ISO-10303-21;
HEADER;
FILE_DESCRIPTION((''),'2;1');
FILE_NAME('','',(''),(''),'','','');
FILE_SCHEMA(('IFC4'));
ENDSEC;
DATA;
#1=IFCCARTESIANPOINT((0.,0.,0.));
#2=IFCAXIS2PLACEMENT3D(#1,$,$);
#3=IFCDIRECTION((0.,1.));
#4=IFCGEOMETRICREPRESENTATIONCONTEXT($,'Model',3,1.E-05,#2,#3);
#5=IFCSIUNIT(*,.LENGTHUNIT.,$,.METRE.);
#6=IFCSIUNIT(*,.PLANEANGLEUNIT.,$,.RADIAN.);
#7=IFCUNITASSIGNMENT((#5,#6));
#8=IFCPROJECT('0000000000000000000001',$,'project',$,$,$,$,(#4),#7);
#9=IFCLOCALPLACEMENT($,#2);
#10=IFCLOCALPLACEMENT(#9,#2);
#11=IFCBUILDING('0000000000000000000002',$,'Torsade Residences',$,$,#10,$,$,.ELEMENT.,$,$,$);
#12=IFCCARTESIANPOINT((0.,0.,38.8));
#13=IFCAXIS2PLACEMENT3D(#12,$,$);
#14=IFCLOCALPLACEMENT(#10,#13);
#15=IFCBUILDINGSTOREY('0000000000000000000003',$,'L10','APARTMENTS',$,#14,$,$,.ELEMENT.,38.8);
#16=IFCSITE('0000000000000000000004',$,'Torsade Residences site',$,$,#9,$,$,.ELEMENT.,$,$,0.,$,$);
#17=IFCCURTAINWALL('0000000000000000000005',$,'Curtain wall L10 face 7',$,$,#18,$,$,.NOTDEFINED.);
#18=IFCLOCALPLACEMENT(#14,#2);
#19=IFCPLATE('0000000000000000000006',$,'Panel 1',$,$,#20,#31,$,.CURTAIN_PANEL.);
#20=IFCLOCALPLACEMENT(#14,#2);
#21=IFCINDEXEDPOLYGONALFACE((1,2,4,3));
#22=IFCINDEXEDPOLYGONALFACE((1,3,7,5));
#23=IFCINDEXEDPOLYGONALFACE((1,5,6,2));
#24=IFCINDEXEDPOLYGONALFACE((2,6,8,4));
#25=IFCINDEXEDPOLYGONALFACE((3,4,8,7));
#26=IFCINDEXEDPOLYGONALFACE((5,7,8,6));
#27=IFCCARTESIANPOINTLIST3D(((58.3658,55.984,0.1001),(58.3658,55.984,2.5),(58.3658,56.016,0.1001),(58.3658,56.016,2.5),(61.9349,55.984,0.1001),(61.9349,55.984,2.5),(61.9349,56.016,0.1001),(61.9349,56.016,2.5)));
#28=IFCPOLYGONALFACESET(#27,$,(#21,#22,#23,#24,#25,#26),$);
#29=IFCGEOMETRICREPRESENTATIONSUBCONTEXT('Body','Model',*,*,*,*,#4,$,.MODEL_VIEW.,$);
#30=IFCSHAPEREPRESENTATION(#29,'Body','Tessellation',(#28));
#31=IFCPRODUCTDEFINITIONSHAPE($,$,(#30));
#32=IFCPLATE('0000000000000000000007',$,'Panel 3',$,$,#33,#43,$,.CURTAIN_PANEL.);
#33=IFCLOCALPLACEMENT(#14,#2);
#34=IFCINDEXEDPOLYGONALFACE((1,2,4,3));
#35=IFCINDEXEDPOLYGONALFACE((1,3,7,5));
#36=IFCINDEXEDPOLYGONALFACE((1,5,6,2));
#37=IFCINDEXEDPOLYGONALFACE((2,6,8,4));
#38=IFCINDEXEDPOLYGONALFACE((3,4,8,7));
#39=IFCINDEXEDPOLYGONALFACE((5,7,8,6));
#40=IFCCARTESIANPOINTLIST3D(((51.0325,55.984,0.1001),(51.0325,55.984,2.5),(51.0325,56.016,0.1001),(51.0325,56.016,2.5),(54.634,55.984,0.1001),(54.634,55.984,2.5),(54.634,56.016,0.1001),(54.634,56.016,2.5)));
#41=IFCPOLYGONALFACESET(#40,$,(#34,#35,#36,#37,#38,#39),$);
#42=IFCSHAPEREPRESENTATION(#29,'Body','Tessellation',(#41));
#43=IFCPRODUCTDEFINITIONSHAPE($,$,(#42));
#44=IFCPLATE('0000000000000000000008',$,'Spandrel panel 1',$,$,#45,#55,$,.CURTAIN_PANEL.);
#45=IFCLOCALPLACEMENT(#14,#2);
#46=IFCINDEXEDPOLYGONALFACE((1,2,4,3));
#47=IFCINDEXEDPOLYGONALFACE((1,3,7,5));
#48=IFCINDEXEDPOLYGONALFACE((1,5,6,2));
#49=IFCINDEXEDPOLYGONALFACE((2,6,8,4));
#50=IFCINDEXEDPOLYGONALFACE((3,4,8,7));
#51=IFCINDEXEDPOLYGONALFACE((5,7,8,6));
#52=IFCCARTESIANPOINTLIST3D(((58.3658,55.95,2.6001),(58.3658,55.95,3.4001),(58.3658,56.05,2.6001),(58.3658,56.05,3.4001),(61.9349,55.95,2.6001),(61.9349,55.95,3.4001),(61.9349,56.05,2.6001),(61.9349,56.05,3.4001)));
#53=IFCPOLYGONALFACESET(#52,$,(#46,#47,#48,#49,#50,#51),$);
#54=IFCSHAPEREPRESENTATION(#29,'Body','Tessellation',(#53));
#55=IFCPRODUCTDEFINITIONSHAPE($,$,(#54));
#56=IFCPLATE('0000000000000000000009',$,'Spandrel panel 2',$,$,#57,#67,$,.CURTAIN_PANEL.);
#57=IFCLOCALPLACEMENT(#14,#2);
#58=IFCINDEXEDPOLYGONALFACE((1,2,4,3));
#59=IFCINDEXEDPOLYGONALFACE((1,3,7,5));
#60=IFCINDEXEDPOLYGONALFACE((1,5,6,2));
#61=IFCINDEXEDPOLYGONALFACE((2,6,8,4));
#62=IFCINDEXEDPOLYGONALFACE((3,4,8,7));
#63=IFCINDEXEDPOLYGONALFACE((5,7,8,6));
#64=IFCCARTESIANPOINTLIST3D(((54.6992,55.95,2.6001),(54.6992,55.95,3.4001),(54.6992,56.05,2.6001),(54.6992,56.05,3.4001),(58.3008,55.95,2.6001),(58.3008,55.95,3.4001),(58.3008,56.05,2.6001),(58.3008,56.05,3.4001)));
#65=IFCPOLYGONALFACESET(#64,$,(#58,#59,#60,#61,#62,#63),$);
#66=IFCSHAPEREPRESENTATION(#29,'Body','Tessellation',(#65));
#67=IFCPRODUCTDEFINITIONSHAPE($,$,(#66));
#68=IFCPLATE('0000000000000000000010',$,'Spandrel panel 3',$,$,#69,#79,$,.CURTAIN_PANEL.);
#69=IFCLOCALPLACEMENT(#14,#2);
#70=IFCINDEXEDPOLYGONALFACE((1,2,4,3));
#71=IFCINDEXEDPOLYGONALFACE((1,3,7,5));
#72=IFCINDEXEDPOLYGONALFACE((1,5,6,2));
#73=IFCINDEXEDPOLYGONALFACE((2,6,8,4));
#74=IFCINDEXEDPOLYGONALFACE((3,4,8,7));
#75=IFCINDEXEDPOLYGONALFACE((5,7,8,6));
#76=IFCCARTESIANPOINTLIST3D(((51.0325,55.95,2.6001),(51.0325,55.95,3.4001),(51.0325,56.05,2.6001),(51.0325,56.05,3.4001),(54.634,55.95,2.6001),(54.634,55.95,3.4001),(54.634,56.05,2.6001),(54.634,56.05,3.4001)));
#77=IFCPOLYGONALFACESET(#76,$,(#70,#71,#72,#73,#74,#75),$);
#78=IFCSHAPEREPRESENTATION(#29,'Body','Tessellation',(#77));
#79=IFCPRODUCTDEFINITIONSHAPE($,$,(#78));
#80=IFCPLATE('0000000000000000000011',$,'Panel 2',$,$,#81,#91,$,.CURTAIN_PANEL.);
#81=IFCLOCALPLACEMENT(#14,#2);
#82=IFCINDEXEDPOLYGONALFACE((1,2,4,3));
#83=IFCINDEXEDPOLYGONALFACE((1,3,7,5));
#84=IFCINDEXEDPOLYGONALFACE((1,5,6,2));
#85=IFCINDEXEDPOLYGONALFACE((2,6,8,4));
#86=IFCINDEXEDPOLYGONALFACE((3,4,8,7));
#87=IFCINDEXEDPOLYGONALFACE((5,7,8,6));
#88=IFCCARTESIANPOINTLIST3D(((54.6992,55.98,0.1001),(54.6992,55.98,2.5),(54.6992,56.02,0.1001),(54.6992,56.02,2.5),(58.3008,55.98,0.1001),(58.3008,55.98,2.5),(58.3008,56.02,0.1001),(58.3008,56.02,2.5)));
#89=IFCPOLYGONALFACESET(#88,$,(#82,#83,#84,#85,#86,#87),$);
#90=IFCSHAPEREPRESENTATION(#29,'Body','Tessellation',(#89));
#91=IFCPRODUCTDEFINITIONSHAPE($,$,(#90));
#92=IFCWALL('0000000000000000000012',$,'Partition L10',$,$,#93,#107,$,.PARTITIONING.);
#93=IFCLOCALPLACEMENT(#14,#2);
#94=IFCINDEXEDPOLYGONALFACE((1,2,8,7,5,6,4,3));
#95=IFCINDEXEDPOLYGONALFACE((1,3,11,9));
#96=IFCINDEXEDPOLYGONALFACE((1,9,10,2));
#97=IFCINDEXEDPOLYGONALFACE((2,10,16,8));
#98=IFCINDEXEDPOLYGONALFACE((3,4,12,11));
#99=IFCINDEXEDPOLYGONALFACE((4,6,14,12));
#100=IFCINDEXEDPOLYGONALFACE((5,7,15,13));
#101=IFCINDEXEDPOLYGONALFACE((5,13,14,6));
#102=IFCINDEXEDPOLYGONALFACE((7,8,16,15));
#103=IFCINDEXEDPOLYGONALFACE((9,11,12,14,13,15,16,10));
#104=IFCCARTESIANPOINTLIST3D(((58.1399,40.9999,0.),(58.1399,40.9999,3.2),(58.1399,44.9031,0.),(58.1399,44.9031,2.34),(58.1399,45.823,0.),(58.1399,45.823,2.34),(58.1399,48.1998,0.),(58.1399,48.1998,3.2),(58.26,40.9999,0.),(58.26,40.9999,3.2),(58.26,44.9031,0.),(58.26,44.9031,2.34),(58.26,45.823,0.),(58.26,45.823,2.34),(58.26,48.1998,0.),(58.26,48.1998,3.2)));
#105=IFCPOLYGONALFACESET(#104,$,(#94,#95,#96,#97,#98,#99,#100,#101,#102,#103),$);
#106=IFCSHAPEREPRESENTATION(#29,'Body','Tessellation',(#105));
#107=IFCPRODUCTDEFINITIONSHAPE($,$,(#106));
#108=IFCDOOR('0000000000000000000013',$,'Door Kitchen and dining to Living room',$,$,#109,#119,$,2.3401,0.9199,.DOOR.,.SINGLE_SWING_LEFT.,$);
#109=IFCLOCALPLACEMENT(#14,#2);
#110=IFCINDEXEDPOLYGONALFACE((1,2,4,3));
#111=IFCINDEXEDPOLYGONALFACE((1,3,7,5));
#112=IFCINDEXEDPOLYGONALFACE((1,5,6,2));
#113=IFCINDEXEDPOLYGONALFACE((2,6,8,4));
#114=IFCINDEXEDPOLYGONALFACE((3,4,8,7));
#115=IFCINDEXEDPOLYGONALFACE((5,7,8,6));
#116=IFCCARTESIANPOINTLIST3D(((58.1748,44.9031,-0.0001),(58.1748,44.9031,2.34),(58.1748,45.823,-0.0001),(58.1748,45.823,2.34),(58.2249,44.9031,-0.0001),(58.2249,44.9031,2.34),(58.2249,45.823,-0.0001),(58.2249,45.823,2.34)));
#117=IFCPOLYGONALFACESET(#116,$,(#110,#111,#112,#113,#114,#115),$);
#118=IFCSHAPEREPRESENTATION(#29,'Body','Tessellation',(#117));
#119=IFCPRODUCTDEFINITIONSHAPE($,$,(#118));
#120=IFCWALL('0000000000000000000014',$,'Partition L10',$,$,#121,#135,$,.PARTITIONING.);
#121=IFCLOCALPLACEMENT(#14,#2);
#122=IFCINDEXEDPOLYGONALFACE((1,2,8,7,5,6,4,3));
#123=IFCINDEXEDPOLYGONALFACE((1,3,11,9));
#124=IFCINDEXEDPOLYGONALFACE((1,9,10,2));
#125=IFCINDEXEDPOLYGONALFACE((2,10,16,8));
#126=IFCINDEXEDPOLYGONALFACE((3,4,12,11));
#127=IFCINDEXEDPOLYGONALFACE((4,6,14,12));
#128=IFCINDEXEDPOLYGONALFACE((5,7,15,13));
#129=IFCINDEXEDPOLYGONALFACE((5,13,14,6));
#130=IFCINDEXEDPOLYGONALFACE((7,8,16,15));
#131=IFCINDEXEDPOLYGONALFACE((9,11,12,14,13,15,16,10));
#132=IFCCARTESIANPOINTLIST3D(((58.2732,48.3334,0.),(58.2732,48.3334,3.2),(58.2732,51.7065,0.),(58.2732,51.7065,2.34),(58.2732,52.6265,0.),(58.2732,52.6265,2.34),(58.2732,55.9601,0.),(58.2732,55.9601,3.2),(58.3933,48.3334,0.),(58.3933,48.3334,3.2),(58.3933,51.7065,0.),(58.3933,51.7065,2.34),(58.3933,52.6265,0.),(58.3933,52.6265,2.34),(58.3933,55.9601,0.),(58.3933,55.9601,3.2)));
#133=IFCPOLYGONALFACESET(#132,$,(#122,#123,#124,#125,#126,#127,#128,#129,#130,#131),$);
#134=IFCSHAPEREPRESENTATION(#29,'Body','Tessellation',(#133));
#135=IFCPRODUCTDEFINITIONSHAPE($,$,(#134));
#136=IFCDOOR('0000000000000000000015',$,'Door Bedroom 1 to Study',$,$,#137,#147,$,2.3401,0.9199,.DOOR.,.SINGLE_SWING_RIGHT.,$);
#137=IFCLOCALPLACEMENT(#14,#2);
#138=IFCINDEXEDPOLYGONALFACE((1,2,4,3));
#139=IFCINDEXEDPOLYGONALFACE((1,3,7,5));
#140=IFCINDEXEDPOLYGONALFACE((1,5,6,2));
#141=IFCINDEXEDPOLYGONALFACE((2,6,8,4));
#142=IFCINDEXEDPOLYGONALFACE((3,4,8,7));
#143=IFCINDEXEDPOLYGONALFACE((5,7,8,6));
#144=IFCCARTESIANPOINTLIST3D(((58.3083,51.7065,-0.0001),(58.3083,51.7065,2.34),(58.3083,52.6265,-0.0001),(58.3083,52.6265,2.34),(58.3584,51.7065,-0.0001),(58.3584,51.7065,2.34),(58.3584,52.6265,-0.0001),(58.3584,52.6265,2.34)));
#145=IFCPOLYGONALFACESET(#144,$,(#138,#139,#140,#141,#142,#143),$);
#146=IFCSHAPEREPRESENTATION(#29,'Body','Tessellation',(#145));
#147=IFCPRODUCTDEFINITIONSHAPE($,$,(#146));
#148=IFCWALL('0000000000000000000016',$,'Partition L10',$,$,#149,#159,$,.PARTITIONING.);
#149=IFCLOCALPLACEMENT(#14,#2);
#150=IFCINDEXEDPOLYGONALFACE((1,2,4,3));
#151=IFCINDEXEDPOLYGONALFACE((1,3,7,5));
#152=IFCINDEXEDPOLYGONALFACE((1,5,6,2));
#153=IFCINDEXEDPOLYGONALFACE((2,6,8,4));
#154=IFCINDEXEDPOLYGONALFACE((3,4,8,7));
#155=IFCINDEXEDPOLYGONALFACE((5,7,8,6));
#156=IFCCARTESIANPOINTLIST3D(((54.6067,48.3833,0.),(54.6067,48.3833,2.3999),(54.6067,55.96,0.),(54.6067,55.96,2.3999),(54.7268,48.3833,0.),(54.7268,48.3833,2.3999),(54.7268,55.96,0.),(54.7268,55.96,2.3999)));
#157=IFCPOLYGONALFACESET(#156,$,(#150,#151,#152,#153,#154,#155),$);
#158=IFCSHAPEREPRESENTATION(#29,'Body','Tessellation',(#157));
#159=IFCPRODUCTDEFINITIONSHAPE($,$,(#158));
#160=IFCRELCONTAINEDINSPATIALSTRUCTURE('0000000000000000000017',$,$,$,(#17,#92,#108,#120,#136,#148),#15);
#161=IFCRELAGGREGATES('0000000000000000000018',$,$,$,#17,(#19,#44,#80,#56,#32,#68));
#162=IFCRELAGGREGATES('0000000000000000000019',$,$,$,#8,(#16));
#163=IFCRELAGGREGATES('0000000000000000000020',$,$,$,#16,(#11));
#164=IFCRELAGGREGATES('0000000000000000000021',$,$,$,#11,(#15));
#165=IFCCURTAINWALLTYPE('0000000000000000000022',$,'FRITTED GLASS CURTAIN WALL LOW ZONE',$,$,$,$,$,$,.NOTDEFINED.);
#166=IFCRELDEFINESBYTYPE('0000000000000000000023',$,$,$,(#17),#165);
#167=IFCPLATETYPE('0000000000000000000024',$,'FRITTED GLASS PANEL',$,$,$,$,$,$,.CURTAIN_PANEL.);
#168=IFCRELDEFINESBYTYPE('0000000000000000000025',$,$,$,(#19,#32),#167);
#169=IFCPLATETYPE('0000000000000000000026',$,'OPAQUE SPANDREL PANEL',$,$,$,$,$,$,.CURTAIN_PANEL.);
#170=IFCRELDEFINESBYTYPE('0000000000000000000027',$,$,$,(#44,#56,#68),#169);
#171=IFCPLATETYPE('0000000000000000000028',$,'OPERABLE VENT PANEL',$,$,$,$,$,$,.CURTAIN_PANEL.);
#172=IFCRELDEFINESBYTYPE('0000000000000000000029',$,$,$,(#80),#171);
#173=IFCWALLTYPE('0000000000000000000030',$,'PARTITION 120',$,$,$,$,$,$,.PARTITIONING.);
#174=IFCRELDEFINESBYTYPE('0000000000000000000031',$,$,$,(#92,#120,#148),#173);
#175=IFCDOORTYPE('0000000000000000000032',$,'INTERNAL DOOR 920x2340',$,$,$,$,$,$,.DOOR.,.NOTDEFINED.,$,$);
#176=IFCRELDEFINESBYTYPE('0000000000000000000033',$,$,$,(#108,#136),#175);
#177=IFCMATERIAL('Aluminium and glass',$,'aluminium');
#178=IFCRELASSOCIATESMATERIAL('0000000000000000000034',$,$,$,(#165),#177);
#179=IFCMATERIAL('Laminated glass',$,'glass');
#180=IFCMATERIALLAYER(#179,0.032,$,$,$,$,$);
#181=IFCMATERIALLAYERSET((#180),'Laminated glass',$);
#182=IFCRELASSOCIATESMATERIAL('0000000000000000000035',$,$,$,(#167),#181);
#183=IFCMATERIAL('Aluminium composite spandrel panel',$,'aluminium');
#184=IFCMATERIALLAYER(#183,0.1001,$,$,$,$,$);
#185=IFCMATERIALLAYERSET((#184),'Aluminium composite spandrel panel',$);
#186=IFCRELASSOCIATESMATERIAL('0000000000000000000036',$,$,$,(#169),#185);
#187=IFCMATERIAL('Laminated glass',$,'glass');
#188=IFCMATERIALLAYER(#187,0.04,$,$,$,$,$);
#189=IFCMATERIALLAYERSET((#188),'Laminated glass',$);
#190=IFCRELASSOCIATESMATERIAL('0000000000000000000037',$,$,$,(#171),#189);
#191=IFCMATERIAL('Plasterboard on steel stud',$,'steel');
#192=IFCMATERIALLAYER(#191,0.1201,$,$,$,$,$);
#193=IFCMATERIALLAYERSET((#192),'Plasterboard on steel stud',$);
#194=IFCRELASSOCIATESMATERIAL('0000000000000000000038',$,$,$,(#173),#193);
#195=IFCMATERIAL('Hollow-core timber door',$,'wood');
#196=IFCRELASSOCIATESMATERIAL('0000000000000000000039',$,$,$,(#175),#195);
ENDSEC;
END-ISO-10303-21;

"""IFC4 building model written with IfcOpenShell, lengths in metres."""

from ifc_helpers import new_model, si_unit, direction, frame, frame_2d, origin, origin_2d, place, context, subcontext, project, spatial, rectangle, extrude, material, layer, layer_set, type_object, element, fill, aggregate, save


model = new_model("IFC4")

# Units and contexts
model_context = context("Model", 3, precision=1e-05, world=origin(), true_north=direction((0.0, 1.0)))
body_context = subcontext(model_context, "Body", "Model", "MODEL_VIEW")
ifc_project = project(units=[si_unit("LENGTHUNIT", "METRE"), si_unit("PLANEANGLEUNIT", "RADIAN")], contexts=[model_context])

# Site, building, storey
site_placement = place(None, origin())
site = spatial("IfcSite", under=ifc_project, at=site_placement, Name="Torsade Residences site", CompositionType="ELEMENT", RefElevation=0.0)
building_placement = place(site_placement, origin())
building = spatial("IfcBuilding", under=site, at=building_placement, Name="Torsade Residences", CompositionType="ELEMENT")
storey_placement = place(building_placement, frame((0.0, 0.0, 38.8)))
storey = spatial("IfcBuildingStorey", under=building, at=storey_placement, Name="L10", Description="APARTMENTS", CompositionType="ELEMENT", Elevation=38.8)

# Curtain wall
ifc_material_1 = material(Name="Aluminium and glass", Category="aluminium")
curtain_wall_type = type_object("IfcCurtainWallType", Name="FRITTED GLASS CURTAIN WALL LOW ZONE", PredefinedType="NOTDEFINED", material=ifc_material_1)
curtain_wall_placement = place(storey_placement, origin())
curtain_wall = element("IfcCurtainWall", 1, at=curtain_wall_placement, inside=storey, type_object=curtain_wall_type, Name="Curtain wall L10 face 7", PredefinedType="NOTDEFINED")

# Plates
ifc_material_2 = material(Name="Laminated glass", Category="glass")
ifc_layer_1 = layer(ifc_material_2, 0.032)
ifc_layer_set_1 = layer_set([ifc_layer_1], Name="Laminated glass")
plate_type_1 = type_object("IfcPlateType", Name="FRITTED GLASS PANEL", PredefinedType="CURTAIN_PANEL", material=ifc_layer_set_1)
plate_1_placement = place(storey_placement, frame((60.1504, 56.0, 0.1001), z_axis=(0.0, 0.0, 1.0), x_axis=(-1.0, 0.0, 0.0)))
plate_1 = element("IfcPlate", 2, at=plate_1_placement, type_object=plate_type_1, Name="Panel 1", PredefinedType="CURTAIN_PANEL", context=body_context, shape_type="SweptSolid", body=[
    extrude(rectangle(XDim=3.5691, YDim=0.032, at=origin_2d()), origin(), (0.0, 0.0, 1.0), 2.3999),
])
plate_2_placement = place(storey_placement, frame((52.8333, 56.0, 0.1001), z_axis=(0.0, 0.0, 1.0), x_axis=(-1.0, 0.0, 0.0)))
plate_2 = element("IfcPlate", 3, at=plate_2_placement, type_object=plate_type_1, Name="Panel 3", PredefinedType="CURTAIN_PANEL", context=body_context, shape_type="SweptSolid", body=[
    extrude(rectangle(XDim=3.6016, YDim=0.032, at=origin_2d()), origin(), (0.0, 0.0, 1.0), 2.3999),
])
ifc_material_3 = material(Name="Aluminium composite spandrel panel", Category="aluminium")
ifc_layer_2 = layer(ifc_material_3, 0.1001)
ifc_layer_set_2 = layer_set([ifc_layer_2], Name="Aluminium composite spandrel panel")
plate_type_2 = type_object("IfcPlateType", Name="OPAQUE SPANDREL PANEL", PredefinedType="CURTAIN_PANEL", material=ifc_layer_set_2)
plate_3_placement = place(storey_placement, frame((60.1504, 56.0, 2.6001), z_axis=(0.0, 0.0, 1.0), x_axis=(-1.0, 0.0, 0.0)))
plate_3 = element("IfcPlate", 4, at=plate_3_placement, type_object=plate_type_2, Name="Spandrel panel 1", PredefinedType="CURTAIN_PANEL", context=body_context, shape_type="SweptSolid", body=[
    extrude(rectangle(XDim=3.5691, YDim=0.1001, at=origin_2d()), origin(), (0.0, 0.0, 1.0), 0.8),
])
plate_4_placement = place(storey_placement, frame((56.5, 56.0, 2.6001), z_axis=(0.0, 0.0, 1.0), x_axis=(-1.0, 0.0, 0.0)))
plate_4 = element("IfcPlate", 5, at=plate_4_placement, type_object=plate_type_2, Name="Spandrel panel 2", PredefinedType="CURTAIN_PANEL", context=body_context, shape_type="SweptSolid", body=[
    extrude(rectangle(XDim=3.6016, YDim=0.1001, at=origin_2d()), origin(), (0.0, 0.0, 1.0), 0.8),
])
plate_5_placement = place(storey_placement, frame((52.8333, 56.0, 2.6001), z_axis=(0.0, 0.0, 1.0), x_axis=(-1.0, 0.0, 0.0)))
plate_5 = element("IfcPlate", 6, at=plate_5_placement, type_object=plate_type_2, Name="Spandrel panel 3", PredefinedType="CURTAIN_PANEL", context=body_context, shape_type="SweptSolid", body=[
    extrude(rectangle(XDim=3.6016, YDim=0.1001, at=origin_2d()), origin(), (0.0, 0.0, 1.0), 0.8),
])
ifc_material_4 = material(Name="Laminated glass", Category="glass")
ifc_layer_3 = layer(ifc_material_4, 0.04)
ifc_layer_set_3 = layer_set([ifc_layer_3], Name="Laminated glass")
plate_type_3 = type_object("IfcPlateType", Name="OPERABLE VENT PANEL", PredefinedType="CURTAIN_PANEL", material=ifc_layer_set_3)
plate_6_placement = place(storey_placement, frame((56.5, 56.0, 0.1001), z_axis=(0.0, 0.0, 1.0), x_axis=(-1.0, 0.0, 0.0)))
plate_6 = element("IfcPlate", 7, at=plate_6_placement, type_object=plate_type_3, Name="Panel 2", PredefinedType="CURTAIN_PANEL", context=body_context, shape_type="SweptSolid", body=[
    extrude(rectangle(XDim=3.6016, YDim=0.04, at=origin_2d()), origin(), (0.0, 0.0, 1.0), 2.3999),
])
aggregate(curtain_wall, [plate_1, plate_3, plate_6, plate_4, plate_2, plate_5])

# Walls, openings, doors
ifc_material_5 = material(Name="Plasterboard on steel stud", Category="steel")
ifc_layer_4 = layer(ifc_material_5, 0.1201)
ifc_layer_set_4 = layer_set([ifc_layer_4], Name="Plasterboard on steel stud")
wall_type = type_object("IfcWallType", Name="PARTITION 120", PredefinedType="PARTITIONING", material=ifc_layer_set_4)
wall_1_placement = place(storey_placement, frame((58.2, 48.2, 0.0), z_axis=(0.0, 0.0, 1.0), x_axis=(0.0, -1.0, 0.0)))
wall_1 = element("IfcWall", 8, at=wall_1_placement, inside=storey, type_object=wall_type, Name="Partition L10", PredefinedType="PARTITIONING", context=body_context, shape_type="SweptSolid", body=[
    extrude(rectangle(XDim=7.2, YDim=0.1201, at=frame_2d((3.6001, 0.0))), origin(), (0.0, 0.0, 1.0), 3.2),
])
opening_1_placement = place(wall_1_placement, frame((2.377, 0.0, 0.0)))
opening_1 = element("IfcOpeningElement", 9, at=opening_1_placement, cuts=wall_1, PredefinedType="OPENING", context=body_context, shape_type="SweptSolid", body=[
    extrude(rectangle(XDim=0.9199, YDim=2.3401, at=frame_2d((0.46, 1.1699))), frame((0.0, 0.0701, 0.0), z_axis=(0.0, -1.0, 0.0), x_axis=(1.0, 0.0, 0.0)), (0.0, 0.0, 1.0), 0.1401),
])
ifc_material_6 = material(Name="Hollow-core timber door", Category="wood")
door_type = type_object("IfcDoorType", Name="INTERNAL DOOR 920x2340", OperationType="NOTDEFINED", PredefinedType="DOOR", material=ifc_material_6)
door_1_placement = place(opening_1_placement, origin())
door_1 = element("IfcDoor", 10, at=door_1_placement, inside=storey, type_object=door_type, Name="Door Kitchen and dining to Living room", OperationType="SINGLE_SWING_LEFT", OverallHeight=2.3401, OverallWidth=0.9199, PredefinedType="DOOR", context=body_context, shape_type="SweptSolid", body=[
    extrude(rectangle(XDim=0.9199, YDim=2.3401, at=frame_2d((0.46, 1.1699))), frame((0.0, 0.0249, 0.0), z_axis=(0.0, -1.0, 0.0), x_axis=(1.0, 0.0, 0.0)), (0.0, 0.0, 1.0), 0.05),
])
fill(opening_1, door_1)
wall_2_placement = place(storey_placement, frame((58.3333, 48.3333, 0.0), z_axis=(0.0, 0.0, 1.0), x_axis=(0.0, 1.0, 0.0)))
wall_2 = element("IfcWall", 11, at=wall_2_placement, inside=storey, type_object=wall_type, Name="Partition L10", PredefinedType="PARTITIONING", context=body_context, shape_type="SweptSolid", body=[
    extrude(rectangle(XDim=7.6267, YDim=0.1201, at=frame_2d((3.8135, 0.0))), origin(), (0.0, 0.0, 1.0), 3.2),
])
opening_2_placement = place(wall_2_placement, frame((3.3733, 0.0, 0.0)))
opening_2 = element("IfcOpeningElement", 12, at=opening_2_placement, cuts=wall_2, PredefinedType="OPENING", context=body_context, shape_type="SweptSolid", body=[
    extrude(rectangle(XDim=0.9199, YDim=2.3401, at=frame_2d((0.46, 1.1699))), frame((0.0, 0.0701, 0.0), z_axis=(0.0, -1.0, 0.0), x_axis=(1.0, 0.0, 0.0)), (0.0, 0.0, 1.0), 0.1401),
])
door_2_placement = place(opening_2_placement, origin())
door_2 = element("IfcDoor", 13, at=door_2_placement, inside=storey, type_object=door_type, Name="Door Bedroom 1 to Study", OperationType="SINGLE_SWING_RIGHT", OverallHeight=2.3401, OverallWidth=0.9199, PredefinedType="DOOR", context=body_context, shape_type="SweptSolid", body=[
    extrude(rectangle(XDim=0.9199, YDim=2.3401, at=frame_2d((0.46, 1.1699))), frame((0.0, 0.0249, 0.0), z_axis=(0.0, -1.0, 0.0), x_axis=(1.0, 0.0, 0.0)), (0.0, 0.0, 1.0), 0.05),
])
fill(opening_2, door_2)

# Wall
wall_3_placement = place(storey_placement, frame((54.6667, 55.96, 0.0), z_axis=(0.0, 0.0, 1.0), x_axis=(0.0, -1.0, 0.0)))
element("IfcWall", 14, at=wall_3_placement, inside=storey, type_object=wall_type, Name="Partition L10", PredefinedType="PARTITIONING", context=body_context, shape_type="SweptSolid", body=[
    extrude(rectangle(XDim=7.5767, YDim=0.1201, at=frame_2d((3.7883, 0.0))), origin(), (0.0, 0.0, 1.0), 2.3999),
])

save(model, "model.ifc")
